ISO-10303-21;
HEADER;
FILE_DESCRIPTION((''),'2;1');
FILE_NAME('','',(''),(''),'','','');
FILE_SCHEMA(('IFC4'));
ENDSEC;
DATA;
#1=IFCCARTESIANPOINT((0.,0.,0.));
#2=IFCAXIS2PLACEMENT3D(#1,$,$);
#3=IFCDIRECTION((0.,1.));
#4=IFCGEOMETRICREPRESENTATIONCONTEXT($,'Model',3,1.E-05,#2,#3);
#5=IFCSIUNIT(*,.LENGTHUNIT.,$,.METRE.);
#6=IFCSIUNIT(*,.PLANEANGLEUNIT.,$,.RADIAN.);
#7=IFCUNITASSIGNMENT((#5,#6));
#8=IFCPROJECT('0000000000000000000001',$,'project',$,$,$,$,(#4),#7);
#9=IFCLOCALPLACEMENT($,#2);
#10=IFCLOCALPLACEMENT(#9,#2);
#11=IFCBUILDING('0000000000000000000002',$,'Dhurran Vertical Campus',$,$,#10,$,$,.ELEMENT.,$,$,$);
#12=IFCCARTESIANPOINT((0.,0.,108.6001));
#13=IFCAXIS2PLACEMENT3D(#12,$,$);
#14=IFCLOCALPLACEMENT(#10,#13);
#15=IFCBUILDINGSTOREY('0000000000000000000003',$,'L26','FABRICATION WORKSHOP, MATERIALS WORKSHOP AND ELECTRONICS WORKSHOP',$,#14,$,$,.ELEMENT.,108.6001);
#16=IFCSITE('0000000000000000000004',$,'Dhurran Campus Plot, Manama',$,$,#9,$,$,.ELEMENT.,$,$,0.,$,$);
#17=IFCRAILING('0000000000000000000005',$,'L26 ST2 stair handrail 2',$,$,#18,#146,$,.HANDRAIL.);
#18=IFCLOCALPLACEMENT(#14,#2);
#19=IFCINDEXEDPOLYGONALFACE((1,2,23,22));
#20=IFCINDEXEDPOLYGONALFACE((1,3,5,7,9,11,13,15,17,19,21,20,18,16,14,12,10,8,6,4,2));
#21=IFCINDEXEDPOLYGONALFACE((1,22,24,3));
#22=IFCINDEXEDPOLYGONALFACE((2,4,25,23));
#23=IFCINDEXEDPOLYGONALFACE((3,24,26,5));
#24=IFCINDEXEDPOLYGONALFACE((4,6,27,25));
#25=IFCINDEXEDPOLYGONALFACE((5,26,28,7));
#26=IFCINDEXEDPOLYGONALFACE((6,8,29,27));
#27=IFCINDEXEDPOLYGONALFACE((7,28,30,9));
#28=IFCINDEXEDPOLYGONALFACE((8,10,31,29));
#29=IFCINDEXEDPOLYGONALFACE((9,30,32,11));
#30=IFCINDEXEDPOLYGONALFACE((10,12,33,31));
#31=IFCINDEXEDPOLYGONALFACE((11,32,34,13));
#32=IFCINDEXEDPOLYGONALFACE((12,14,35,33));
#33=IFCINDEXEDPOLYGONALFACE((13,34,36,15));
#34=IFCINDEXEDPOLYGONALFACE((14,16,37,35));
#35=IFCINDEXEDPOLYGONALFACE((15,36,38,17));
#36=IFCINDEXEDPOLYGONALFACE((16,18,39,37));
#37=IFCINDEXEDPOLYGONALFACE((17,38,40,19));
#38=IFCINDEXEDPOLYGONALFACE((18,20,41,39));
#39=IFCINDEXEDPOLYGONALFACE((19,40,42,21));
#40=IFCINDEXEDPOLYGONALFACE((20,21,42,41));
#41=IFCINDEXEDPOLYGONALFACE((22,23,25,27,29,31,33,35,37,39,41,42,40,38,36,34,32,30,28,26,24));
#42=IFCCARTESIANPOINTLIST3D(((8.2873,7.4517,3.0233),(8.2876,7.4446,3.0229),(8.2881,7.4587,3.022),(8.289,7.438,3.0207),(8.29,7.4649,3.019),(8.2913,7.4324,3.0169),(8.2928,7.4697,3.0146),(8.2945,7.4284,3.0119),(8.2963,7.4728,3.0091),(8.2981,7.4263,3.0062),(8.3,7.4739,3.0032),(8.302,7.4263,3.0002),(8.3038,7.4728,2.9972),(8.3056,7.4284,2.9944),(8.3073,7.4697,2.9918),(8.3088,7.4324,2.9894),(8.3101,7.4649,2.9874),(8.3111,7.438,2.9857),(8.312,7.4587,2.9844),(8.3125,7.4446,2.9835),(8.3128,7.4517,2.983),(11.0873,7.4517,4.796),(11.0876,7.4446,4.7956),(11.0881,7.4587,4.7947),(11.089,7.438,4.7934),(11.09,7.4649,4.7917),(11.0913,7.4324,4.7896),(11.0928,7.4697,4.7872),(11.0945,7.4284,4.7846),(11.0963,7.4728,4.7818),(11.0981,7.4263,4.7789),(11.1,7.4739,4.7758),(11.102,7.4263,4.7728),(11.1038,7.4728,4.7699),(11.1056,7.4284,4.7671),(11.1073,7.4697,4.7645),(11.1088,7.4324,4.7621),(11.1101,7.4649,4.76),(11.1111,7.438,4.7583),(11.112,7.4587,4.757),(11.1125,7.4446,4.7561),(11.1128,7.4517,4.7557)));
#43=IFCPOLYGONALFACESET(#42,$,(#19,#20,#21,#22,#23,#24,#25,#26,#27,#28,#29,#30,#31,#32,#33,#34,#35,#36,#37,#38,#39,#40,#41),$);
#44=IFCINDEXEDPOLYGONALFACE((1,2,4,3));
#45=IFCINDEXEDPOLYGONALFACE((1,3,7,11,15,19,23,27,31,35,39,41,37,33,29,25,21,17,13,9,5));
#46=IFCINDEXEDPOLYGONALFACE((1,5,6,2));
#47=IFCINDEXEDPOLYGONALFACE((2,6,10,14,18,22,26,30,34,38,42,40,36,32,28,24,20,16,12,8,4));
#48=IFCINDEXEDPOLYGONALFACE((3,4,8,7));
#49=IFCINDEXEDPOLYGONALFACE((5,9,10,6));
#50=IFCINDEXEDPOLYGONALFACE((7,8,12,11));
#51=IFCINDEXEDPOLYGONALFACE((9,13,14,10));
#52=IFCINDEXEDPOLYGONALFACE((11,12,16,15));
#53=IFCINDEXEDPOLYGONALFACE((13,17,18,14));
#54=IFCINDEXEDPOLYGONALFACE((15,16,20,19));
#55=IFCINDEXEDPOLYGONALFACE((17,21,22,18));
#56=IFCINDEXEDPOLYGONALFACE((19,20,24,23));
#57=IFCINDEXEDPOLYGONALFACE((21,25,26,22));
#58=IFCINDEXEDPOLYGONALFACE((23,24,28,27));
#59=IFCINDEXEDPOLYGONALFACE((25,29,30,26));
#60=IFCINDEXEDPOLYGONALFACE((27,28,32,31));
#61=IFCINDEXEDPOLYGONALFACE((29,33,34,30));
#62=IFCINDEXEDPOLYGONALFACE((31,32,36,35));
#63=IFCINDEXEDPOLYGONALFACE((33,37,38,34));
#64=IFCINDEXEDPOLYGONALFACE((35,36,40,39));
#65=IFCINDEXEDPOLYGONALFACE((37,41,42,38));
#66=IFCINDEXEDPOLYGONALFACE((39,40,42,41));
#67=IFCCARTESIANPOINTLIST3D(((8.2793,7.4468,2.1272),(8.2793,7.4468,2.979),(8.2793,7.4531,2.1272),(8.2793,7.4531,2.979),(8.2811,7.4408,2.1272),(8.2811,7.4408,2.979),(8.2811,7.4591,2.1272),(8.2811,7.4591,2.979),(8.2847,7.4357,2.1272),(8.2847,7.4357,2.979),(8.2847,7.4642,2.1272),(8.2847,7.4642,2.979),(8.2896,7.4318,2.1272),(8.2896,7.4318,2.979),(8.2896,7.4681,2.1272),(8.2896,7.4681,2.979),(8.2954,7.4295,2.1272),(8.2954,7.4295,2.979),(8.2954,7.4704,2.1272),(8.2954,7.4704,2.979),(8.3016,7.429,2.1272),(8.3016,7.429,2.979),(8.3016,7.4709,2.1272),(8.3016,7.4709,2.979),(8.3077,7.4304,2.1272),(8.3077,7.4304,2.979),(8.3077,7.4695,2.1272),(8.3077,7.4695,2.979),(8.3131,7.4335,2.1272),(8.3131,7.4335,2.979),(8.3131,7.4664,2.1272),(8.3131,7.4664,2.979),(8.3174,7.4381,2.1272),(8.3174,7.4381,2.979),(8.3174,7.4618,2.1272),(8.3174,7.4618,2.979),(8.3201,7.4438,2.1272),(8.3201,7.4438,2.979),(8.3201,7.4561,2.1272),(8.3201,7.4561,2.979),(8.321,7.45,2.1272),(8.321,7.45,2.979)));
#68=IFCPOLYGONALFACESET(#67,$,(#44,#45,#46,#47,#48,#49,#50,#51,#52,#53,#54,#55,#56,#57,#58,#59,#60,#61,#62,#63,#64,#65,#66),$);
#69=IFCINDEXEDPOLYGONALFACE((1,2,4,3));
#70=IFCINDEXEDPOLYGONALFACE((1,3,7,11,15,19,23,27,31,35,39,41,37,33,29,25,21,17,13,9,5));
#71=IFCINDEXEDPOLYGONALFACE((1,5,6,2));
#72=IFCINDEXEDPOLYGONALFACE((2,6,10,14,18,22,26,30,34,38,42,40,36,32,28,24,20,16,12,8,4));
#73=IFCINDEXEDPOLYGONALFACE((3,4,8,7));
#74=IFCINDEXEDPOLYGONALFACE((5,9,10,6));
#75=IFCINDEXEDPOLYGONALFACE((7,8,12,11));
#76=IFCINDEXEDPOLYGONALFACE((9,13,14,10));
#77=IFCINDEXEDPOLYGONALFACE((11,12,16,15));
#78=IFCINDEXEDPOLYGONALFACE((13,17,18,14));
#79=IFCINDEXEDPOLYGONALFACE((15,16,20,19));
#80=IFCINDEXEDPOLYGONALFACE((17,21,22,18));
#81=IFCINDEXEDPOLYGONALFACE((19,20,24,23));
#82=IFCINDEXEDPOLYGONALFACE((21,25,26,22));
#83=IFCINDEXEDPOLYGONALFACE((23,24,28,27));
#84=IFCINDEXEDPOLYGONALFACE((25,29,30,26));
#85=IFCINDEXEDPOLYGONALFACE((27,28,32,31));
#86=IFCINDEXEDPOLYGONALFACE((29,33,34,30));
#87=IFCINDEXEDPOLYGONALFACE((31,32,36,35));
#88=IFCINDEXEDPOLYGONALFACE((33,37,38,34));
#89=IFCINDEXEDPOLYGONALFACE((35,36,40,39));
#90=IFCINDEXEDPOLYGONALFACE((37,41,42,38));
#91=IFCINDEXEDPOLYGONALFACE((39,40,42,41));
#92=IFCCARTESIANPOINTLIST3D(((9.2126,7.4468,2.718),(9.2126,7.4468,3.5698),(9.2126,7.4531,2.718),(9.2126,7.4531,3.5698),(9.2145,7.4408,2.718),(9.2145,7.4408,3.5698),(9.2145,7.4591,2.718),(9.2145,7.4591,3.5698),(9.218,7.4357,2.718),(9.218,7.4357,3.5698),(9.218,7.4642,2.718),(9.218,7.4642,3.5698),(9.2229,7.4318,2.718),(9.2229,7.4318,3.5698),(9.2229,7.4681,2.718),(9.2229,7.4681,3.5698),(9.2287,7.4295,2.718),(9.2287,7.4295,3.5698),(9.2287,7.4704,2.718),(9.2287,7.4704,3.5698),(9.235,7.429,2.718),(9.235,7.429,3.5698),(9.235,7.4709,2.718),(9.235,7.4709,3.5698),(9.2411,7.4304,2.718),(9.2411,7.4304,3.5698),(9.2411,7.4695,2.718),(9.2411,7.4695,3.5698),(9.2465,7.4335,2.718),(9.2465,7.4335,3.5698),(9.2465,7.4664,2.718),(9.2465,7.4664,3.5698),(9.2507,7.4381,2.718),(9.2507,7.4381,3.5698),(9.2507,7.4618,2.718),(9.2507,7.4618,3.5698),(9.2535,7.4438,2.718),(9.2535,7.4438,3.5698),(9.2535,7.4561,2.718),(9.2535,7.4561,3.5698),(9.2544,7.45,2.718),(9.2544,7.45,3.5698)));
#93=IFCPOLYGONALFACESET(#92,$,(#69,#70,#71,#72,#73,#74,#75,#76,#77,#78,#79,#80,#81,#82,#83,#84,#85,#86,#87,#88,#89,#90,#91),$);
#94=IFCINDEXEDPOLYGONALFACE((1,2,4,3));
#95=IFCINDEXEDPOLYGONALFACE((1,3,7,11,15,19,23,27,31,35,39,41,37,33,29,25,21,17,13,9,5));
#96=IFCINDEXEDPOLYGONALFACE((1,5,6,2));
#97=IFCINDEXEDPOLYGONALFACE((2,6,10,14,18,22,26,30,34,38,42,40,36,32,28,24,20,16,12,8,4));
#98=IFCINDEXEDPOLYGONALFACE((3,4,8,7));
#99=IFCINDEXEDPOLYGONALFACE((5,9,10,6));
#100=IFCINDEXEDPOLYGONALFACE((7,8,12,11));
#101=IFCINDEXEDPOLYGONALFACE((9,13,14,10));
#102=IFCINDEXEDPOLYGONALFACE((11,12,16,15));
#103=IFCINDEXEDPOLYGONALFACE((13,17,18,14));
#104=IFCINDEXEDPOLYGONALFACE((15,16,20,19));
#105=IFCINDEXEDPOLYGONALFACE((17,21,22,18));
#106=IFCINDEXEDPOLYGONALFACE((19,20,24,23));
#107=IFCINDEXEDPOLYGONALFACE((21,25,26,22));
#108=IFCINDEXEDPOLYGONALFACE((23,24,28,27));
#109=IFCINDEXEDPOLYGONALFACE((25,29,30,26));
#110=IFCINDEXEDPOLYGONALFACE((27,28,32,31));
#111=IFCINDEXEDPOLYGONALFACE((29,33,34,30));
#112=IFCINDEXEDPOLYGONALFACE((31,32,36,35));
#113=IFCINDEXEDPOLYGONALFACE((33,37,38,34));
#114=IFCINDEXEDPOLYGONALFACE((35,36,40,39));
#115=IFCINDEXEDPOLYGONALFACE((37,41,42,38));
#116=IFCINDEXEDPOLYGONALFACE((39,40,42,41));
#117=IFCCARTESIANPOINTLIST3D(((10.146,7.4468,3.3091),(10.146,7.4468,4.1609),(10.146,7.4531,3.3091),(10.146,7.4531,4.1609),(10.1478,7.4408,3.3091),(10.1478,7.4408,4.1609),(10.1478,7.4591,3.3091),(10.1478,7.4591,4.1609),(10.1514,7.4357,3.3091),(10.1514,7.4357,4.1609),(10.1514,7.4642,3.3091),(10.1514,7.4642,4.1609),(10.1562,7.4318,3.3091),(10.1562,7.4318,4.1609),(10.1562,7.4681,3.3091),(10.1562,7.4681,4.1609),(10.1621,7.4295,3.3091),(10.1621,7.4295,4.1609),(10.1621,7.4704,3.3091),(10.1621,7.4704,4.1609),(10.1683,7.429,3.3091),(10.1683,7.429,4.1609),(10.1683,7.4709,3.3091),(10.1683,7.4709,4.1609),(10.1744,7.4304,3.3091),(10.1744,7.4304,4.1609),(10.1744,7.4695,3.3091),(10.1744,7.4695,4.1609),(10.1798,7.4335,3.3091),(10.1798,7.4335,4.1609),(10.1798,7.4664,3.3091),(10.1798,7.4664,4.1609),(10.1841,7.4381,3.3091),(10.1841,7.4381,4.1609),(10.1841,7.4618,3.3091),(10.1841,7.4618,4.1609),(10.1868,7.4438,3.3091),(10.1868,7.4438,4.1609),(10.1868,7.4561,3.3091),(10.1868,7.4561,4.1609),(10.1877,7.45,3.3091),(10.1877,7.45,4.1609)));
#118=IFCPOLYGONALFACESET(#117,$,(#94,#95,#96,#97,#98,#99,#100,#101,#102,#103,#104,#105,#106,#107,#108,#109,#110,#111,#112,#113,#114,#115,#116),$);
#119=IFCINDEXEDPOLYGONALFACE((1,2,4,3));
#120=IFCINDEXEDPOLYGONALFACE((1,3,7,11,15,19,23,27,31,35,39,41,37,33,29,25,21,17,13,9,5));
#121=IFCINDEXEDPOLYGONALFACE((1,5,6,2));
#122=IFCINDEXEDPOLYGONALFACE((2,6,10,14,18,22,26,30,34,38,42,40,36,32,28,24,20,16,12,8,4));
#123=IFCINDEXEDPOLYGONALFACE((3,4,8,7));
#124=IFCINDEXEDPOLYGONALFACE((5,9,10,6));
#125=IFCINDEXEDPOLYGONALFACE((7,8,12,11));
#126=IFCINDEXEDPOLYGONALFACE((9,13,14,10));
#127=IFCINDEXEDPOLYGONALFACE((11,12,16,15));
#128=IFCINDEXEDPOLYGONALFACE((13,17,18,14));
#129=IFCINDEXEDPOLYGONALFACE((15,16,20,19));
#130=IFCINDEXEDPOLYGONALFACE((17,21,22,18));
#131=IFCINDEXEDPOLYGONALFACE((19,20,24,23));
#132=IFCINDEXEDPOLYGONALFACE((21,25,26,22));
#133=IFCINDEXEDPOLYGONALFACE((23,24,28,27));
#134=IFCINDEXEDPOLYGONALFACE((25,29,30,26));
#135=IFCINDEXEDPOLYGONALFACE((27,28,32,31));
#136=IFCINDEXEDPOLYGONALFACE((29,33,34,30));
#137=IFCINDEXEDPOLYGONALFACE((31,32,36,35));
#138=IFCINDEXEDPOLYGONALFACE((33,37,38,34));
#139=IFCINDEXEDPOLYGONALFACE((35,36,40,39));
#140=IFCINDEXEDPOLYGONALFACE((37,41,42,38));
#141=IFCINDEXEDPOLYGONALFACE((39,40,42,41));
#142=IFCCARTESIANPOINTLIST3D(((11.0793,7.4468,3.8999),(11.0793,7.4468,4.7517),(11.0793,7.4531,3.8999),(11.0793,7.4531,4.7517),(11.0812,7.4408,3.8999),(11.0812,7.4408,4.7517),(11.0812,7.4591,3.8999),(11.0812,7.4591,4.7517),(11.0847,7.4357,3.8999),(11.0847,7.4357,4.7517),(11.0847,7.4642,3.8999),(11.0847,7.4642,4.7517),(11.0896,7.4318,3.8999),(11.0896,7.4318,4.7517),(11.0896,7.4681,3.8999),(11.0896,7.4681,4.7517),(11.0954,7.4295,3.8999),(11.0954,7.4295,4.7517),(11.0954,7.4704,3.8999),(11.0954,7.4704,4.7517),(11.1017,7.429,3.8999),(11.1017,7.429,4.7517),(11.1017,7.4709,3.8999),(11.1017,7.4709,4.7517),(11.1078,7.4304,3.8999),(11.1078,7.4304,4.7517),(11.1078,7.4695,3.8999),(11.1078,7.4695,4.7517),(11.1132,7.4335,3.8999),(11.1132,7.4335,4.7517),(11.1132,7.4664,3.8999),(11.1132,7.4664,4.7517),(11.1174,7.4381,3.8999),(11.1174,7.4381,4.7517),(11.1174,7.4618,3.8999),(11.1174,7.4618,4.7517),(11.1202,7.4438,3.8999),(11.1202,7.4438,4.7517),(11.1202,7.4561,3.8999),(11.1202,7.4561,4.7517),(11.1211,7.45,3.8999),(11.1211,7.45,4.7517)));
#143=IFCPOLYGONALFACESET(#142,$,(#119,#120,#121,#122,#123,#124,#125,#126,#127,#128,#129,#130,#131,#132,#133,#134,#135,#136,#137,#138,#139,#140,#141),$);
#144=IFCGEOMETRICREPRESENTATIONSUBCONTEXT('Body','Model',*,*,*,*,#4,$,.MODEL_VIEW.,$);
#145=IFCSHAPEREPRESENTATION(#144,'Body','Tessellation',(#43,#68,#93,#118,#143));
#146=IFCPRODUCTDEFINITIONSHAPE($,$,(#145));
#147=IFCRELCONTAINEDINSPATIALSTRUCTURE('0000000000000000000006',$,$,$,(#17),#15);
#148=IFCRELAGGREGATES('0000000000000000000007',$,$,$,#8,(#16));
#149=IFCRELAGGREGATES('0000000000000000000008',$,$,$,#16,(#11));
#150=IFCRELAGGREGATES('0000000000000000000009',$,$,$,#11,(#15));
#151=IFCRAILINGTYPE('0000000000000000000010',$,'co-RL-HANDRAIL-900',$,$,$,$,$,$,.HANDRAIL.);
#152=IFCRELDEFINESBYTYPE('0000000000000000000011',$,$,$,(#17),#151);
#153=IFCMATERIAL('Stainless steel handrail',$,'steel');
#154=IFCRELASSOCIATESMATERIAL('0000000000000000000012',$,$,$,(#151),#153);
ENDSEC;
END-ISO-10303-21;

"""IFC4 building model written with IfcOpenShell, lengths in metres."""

from ifc_helpers import new_model, si_unit, direction, frame, origin, origin_2d, place, context, subcontext, project, spatial, circle, extrude, material, type_object, element, save


model = new_model("IFC4")

# Units and contexts
model_context = context("Model", 3, precision=1e-05, world=origin(), true_north=direction((0.0, 1.0)))
body_context = subcontext(model_context, "Body", "Model", "MODEL_VIEW")
ifc_project = project(units=[si_unit("LENGTHUNIT", "METRE"), si_unit("PLANEANGLEUNIT", "RADIAN")], contexts=[model_context])

# Site, building, storey
site_placement = place(None, origin())
site = spatial("IfcSite", under=ifc_project, at=site_placement, Name="Dhurran Campus Plot, Manama", CompositionType="ELEMENT", RefElevation=0.0)
building_placement = place(site_placement, origin())
building = spatial("IfcBuilding", under=site, at=building_placement, Name="Dhurran Vertical Campus", CompositionType="ELEMENT")
storey_placement = place(building_placement, frame((0.0, 0.0, 108.6001)))
storey = spatial("IfcBuildingStorey", under=building, at=storey_placement, Name="L26", Description="FABRICATION WORKSHOP, MATERIALS WORKSHOP AND ELECTRONICS WORKSHOP", CompositionType="ELEMENT", Elevation=108.6001)

# Railing
ifc_material_1 = material(Name="Stainless steel handrail", Category="steel")
railing_type_1 = type_object("IfcRailingType", Name="co-RL-HANDRAIL-900", PredefinedType="HANDRAIL", material=ifc_material_1)
railing_1_placement = place(storey_placement, frame((8.3, 7.45, 2.1272)))
element("IfcRailing", 1, at=railing_1_placement, inside=storey, type_object=railing_type_1, Name="L26 ST2 stair handrail 2", PredefinedType="HANDRAIL", context=body_context, shape_type="SweptSolid", body=[
    extrude(circle(Radius=0.0239, at=origin_2d()), frame((0.0, 0.0, 0.876), z_axis=(0.844909, 0.0, 0.53491), x_axis=(0.0, 1.0, 0.0)), (0.0, 0.0, 1.0), 3.314),
    extrude(circle(Radius=0.021, at=origin_2d()), origin(), (0.0, 0.0, 1.0), 0.8518),
    extrude(circle(Radius=0.021, at=origin_2d()), frame((0.9333, 0.0, 0.5908)), (0.0, 0.0, 1.0), 0.8518),
    extrude(circle(Radius=0.021, at=origin_2d()), frame((1.8667, 0.0, 1.1819)), (0.0, 0.0, 1.0), 0.8518),
    extrude(circle(Radius=0.021, at=origin_2d()), frame((2.8, 0.0, 1.7727)), (0.0, 0.0, 1.0), 0.8518),
])

save(model, "model.ifc")
